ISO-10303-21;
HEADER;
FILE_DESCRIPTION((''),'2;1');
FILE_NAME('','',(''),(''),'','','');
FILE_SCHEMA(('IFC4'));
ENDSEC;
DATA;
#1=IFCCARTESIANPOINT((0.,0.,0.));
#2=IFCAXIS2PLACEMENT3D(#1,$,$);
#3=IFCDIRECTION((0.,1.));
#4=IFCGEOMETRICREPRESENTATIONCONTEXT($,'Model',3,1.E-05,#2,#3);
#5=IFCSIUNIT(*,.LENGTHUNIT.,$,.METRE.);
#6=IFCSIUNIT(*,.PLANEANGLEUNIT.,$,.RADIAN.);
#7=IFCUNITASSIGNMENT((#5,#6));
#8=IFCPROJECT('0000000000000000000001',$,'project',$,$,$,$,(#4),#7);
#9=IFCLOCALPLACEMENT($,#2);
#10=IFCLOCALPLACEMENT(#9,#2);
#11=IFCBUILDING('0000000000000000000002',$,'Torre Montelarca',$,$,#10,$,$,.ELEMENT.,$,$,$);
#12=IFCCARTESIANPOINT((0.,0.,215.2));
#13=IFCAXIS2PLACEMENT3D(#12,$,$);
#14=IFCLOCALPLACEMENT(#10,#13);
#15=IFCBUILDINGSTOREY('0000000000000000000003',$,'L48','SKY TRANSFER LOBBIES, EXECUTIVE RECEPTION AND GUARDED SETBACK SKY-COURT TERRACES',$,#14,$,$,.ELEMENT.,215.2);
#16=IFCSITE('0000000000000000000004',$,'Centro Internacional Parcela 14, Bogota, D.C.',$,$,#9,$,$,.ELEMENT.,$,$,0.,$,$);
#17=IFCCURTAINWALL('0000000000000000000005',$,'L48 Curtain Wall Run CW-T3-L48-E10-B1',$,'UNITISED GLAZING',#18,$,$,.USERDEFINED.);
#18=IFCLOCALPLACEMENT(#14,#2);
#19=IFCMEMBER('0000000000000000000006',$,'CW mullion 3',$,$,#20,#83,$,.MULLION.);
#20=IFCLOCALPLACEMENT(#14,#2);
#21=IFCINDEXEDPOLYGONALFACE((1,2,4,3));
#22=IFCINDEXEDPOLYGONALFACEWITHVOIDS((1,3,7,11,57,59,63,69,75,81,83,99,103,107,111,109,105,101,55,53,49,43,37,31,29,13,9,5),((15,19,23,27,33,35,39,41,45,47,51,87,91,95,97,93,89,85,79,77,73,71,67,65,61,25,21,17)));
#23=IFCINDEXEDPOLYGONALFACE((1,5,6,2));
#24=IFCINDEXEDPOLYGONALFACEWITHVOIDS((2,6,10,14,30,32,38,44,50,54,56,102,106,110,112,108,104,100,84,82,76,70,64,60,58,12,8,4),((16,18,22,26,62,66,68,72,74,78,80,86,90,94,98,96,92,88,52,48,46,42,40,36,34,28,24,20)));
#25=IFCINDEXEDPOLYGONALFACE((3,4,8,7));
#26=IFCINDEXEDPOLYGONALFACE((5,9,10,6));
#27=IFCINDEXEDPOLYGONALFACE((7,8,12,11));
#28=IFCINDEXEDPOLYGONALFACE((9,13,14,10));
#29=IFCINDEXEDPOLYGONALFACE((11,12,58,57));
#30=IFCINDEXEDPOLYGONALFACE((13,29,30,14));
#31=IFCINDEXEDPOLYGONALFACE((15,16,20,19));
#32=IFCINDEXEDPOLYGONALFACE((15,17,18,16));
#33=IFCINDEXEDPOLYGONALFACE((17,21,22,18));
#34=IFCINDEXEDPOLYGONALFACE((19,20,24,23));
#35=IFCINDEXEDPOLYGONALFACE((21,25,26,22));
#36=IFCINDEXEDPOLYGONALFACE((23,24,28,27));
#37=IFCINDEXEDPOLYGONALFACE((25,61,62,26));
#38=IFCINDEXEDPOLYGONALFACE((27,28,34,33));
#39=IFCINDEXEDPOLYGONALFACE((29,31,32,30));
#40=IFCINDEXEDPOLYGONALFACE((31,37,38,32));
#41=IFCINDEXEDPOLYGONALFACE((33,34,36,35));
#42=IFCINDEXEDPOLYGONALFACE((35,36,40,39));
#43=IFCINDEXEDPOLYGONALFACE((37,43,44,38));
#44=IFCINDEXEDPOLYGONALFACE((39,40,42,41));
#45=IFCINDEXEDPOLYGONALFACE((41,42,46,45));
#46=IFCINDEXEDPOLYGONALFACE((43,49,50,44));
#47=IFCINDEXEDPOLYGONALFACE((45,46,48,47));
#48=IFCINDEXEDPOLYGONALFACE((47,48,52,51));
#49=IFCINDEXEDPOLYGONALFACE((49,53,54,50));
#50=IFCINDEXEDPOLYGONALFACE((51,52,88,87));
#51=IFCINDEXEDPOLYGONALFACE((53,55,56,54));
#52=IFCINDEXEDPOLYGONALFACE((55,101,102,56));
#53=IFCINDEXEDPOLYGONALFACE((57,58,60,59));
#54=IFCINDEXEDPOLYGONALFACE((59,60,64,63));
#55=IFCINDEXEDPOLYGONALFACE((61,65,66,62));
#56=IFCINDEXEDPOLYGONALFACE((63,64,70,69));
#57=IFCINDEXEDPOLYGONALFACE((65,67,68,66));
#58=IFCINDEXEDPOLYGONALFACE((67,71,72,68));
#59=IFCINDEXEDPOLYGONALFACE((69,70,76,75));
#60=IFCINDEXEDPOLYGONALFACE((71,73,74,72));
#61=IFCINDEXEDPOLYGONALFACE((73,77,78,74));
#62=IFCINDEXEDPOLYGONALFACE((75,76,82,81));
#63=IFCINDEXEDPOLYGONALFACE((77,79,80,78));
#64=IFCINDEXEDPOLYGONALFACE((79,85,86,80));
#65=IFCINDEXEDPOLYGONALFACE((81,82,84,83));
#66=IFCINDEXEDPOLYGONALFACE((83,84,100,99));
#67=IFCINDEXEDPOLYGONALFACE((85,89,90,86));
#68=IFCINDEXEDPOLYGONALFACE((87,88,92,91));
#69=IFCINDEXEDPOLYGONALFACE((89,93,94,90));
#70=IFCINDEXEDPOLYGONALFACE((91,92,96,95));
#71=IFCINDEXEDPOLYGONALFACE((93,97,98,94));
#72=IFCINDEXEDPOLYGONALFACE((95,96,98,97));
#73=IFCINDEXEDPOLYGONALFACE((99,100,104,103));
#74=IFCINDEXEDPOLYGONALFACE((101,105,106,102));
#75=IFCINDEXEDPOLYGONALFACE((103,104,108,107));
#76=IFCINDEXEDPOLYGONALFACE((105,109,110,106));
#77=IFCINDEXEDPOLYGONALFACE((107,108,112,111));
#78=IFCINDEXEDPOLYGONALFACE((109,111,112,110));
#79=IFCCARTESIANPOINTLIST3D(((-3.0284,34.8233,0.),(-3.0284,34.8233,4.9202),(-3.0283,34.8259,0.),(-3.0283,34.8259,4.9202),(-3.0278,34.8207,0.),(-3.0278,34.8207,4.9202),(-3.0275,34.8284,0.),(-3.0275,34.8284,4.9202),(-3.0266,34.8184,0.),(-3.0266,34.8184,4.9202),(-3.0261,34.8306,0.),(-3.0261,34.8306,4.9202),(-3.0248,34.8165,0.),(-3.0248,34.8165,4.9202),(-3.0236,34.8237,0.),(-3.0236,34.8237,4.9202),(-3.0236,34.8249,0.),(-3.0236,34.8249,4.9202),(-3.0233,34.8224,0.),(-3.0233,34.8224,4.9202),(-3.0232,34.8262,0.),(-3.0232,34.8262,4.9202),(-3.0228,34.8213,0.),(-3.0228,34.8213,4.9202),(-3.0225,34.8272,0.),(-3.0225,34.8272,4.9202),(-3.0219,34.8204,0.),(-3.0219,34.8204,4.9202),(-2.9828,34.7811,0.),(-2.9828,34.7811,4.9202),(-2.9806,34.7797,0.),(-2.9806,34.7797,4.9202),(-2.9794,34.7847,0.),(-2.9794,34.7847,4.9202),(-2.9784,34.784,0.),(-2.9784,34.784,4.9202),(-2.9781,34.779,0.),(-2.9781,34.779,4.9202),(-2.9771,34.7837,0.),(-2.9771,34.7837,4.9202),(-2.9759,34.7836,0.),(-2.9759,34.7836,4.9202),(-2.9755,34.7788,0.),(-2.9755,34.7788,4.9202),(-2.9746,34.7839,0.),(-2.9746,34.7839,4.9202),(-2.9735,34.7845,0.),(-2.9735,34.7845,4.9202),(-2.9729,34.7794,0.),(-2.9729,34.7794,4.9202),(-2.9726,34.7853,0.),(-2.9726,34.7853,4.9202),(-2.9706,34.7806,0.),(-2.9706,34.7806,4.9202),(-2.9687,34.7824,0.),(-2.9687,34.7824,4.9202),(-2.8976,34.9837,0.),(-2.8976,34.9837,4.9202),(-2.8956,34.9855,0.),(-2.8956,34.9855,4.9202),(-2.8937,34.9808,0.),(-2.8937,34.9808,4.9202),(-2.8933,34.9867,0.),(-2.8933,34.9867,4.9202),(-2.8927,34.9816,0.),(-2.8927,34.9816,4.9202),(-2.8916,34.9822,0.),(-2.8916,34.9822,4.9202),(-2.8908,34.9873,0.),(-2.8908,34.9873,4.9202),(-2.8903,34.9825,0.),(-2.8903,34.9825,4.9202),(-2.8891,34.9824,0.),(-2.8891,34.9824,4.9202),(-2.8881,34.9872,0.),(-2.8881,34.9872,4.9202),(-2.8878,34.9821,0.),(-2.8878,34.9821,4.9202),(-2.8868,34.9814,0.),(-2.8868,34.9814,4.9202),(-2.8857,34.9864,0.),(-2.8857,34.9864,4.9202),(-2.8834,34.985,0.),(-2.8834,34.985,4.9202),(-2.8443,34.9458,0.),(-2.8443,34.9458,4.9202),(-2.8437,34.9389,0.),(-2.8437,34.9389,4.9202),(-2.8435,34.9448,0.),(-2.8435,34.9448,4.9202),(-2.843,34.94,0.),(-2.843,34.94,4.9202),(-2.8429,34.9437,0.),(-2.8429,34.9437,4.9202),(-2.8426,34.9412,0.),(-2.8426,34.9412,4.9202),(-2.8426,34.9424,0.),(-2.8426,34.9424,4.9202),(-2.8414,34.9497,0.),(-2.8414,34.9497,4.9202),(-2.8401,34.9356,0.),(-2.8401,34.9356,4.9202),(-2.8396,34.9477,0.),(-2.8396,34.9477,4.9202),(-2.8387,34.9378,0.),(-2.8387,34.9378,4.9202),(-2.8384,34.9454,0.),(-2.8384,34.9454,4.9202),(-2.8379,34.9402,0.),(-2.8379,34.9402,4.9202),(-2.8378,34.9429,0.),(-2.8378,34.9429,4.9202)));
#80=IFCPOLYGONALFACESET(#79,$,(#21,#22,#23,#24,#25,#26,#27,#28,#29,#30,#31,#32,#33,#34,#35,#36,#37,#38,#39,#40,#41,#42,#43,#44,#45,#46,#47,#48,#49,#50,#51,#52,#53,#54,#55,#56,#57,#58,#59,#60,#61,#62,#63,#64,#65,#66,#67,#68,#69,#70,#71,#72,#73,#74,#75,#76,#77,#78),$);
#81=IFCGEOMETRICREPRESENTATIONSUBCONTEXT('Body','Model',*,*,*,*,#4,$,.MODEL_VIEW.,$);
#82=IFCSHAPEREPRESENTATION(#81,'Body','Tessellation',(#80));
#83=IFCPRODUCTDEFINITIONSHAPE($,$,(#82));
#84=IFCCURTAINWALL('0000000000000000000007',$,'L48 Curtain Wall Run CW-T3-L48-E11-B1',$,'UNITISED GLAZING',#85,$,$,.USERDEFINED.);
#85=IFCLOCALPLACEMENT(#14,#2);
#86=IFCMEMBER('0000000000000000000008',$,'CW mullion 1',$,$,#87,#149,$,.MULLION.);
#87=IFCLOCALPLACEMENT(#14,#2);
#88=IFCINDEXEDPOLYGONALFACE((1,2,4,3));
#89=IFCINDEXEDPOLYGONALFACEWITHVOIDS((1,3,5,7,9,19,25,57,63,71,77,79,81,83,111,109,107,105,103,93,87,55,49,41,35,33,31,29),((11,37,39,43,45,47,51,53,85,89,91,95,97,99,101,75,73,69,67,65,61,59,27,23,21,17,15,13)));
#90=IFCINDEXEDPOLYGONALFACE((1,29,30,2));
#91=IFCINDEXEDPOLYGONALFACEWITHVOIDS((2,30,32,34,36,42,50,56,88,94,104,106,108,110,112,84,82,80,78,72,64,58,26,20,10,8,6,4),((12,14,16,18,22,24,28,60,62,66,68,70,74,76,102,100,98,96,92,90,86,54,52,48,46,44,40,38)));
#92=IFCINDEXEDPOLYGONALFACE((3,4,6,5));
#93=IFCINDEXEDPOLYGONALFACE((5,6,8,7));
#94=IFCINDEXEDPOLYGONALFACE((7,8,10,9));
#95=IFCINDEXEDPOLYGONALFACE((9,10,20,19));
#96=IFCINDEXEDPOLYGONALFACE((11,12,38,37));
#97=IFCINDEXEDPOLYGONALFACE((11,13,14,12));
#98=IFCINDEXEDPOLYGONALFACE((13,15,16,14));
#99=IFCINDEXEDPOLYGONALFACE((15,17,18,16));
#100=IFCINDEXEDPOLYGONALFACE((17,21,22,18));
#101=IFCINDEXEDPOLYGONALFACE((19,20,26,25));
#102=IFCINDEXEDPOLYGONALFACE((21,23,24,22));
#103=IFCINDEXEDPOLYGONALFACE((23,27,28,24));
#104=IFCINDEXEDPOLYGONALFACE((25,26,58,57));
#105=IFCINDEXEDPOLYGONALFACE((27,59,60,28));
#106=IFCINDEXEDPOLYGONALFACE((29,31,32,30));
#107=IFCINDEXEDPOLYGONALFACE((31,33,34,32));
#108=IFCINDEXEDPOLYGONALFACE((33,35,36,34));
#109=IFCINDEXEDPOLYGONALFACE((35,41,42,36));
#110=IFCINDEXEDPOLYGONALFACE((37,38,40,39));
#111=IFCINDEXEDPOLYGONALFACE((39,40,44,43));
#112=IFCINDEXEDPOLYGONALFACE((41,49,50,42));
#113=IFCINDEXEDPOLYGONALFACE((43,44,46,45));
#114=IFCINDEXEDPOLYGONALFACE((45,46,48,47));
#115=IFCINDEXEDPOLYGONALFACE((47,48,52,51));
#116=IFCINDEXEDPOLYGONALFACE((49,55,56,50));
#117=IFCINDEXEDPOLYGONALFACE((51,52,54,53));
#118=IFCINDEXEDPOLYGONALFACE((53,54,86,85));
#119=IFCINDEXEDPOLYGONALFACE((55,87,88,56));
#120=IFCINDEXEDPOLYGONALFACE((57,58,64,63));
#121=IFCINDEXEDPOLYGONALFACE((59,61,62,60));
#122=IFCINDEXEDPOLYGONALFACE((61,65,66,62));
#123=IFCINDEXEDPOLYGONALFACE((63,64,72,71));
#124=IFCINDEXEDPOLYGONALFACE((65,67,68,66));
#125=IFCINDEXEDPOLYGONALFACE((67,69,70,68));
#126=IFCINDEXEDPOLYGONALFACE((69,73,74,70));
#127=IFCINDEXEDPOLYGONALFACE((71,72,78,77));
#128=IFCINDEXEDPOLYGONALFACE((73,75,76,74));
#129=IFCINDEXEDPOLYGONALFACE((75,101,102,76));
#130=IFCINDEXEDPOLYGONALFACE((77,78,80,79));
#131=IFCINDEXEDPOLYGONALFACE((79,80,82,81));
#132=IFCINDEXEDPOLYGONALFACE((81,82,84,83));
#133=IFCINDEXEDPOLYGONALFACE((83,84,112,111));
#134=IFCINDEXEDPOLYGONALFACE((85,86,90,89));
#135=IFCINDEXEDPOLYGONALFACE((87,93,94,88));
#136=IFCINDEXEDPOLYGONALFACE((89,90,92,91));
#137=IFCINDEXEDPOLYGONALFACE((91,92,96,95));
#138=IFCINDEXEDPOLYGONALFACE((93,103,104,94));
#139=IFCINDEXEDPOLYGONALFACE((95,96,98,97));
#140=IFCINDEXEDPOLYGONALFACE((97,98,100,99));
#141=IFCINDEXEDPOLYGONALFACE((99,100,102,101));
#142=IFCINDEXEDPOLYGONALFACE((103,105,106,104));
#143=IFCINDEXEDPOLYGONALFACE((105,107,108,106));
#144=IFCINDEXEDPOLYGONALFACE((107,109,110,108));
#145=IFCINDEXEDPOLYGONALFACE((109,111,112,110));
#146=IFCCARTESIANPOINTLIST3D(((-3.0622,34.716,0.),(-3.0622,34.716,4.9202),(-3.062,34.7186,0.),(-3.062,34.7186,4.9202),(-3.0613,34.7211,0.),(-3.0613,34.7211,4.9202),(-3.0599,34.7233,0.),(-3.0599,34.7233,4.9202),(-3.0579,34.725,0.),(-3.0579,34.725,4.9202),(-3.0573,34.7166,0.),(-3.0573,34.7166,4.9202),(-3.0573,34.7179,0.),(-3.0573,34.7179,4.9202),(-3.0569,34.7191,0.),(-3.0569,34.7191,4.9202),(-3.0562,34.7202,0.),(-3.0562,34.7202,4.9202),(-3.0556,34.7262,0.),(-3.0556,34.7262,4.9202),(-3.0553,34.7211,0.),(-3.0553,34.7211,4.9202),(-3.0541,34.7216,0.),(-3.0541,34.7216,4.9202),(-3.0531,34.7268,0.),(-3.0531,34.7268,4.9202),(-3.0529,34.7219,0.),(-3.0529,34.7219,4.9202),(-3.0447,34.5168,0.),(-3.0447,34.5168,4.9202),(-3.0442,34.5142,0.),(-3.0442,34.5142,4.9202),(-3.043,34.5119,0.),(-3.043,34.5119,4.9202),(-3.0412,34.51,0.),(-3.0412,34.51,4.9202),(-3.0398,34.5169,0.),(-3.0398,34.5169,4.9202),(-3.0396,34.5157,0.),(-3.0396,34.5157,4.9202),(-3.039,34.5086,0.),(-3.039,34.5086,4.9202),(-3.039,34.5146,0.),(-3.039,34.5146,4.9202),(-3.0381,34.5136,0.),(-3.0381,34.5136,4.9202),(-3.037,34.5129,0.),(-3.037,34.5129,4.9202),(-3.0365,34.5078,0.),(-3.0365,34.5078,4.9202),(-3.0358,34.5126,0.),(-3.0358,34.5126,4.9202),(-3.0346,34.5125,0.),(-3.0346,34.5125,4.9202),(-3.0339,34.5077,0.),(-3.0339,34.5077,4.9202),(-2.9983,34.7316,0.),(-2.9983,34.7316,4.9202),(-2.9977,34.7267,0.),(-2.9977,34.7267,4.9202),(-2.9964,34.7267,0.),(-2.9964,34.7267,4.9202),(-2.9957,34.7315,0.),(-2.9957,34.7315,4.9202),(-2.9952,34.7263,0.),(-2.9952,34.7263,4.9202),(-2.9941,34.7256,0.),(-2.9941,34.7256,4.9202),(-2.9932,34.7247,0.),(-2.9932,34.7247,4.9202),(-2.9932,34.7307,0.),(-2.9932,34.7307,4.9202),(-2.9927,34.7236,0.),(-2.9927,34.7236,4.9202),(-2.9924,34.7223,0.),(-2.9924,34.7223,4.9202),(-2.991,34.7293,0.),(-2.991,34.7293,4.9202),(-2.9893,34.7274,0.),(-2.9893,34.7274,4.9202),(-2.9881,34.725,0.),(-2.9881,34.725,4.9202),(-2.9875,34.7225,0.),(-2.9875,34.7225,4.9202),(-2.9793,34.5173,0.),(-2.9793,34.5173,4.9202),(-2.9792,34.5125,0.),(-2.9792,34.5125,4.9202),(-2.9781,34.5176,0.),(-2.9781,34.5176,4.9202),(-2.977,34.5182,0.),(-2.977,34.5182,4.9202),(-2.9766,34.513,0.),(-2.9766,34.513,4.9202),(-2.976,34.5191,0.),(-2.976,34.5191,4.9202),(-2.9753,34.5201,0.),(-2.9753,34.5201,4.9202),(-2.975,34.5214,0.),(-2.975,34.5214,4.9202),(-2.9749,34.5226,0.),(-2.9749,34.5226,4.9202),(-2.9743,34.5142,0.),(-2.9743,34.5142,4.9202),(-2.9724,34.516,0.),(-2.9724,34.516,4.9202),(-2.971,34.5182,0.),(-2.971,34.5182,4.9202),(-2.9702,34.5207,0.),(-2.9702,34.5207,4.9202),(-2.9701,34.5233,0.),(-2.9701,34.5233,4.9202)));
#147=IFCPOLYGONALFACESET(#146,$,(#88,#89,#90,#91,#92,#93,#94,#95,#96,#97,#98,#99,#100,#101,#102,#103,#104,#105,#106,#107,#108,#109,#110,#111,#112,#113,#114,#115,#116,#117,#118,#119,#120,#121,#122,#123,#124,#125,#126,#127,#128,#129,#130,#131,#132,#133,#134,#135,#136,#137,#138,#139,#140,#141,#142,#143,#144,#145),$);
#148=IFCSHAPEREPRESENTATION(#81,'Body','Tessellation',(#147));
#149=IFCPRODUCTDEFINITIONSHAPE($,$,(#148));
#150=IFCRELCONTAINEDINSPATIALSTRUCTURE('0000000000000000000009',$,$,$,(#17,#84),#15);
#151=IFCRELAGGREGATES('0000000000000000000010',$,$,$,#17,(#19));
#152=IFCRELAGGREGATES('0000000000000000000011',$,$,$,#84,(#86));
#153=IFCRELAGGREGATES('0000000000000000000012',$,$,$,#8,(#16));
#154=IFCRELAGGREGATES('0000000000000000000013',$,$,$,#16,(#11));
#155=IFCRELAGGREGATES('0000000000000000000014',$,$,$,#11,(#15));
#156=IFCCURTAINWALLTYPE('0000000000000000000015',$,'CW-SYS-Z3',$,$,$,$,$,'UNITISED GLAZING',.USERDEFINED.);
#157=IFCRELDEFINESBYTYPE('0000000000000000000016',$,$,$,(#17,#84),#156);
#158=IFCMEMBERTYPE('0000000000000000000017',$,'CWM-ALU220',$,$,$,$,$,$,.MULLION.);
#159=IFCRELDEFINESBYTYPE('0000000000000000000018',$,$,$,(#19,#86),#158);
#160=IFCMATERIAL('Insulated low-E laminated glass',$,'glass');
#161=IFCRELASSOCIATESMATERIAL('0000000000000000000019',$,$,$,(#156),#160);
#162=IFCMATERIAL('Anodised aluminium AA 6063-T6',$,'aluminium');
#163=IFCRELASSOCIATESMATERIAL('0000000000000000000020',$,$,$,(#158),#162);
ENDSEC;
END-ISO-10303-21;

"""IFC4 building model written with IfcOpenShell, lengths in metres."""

from ifc_helpers import new_model, si_unit, direction, frame, origin, origin_2d, place, context, subcontext, project, spatial, hollow_rectangle, extrude, source, transform, mapped, material, material_profile, profile_set, type_object, element, aggregate, save


model = new_model("IFC4")

# Units and contexts
model_context = context("Model", 3, precision=1e-05, world=origin(), true_north=direction((0.0, 1.0)))
body_context = subcontext(model_context, "Body", "Model", "MODEL_VIEW")
ifc_project = project(units=[si_unit("LENGTHUNIT", "METRE"), si_unit("PLANEANGLEUNIT", "RADIAN")], contexts=[model_context])

# Site, building, storey
site_placement = place(None, origin())
site = spatial("IfcSite", under=ifc_project, at=site_placement, Name="Centro Internacional Parcela 14, Bogota, D.C.", CompositionType="ELEMENT", RefElevation=0.0)
building_placement = place(site_placement, origin())
building = spatial("IfcBuilding", under=site, at=building_placement, Name="Torre Montelarca", CompositionType="ELEMENT")
storey_placement = place(building_placement, frame((0.0, 0.0, 215.2)))
storey = spatial("IfcBuildingStorey", under=building, at=storey_placement, Name="L48", Description="SKY TRANSFER LOBBIES, EXECUTIVE RECEPTION AND GUARDED SETBACK SKY-COURT TERRACES", CompositionType="ELEMENT", Elevation=215.2)

# Curtain wall, member
ifc_material_1 = material(Name="Insulated low-E laminated glass", Category="glass")
curtain_wall_type = type_object("IfcCurtainWallType", Name="CW-SYS-Z3", ElementType="UNITISED GLAZING", PredefinedType="USERDEFINED", material=ifc_material_1)
curtain_wall_1_placement = place(storey_placement, origin())
curtain_wall_1 = element("IfcCurtainWall", 1, at=curtain_wall_1_placement, inside=storey, type_object=curtain_wall_type, Name="L48 Curtain Wall Run CW-T3-L48-E10-B1", ObjectType="UNITISED GLAZING", PredefinedType="USERDEFINED")
ifc_material_2 = material(Name="Anodised aluminium AA 6063-T6", Category="aluminium")
ifc_material_profile_1 = material_profile(ifc_material_2, hollow_rectangle(XDim=0.075, YDim=0.22, WallThickness=0.0049, InnerFilletRadius=0.0049, OuterFilletRadius=0.01, at=origin_2d()), Name="ALU75X220X5", Category="aluminium")
ifc_profile_set_1 = profile_set([ifc_material_profile_1], Name="Anodised aluminium AA 6063-T6")
member_type_1 = type_object("IfcMemberType", Name="CWM-ALU220", PredefinedType="MULLION", material=ifc_profile_set_1)
shared_shape_1 = source(origin(), body_context, "Body", "SweptSolid", [
    extrude(hollow_rectangle(XDim=0.075, YDim=0.22, WallThickness=0.0049, InnerFilletRadius=0.0049, OuterFilletRadius=0.01, at=origin_2d()), origin(), (0.0, 0.0, 1.0), 4.9202),
])
member_1_placement = place(storey_placement, frame((-2.9331, 34.8831, 0.0), z_axis=(0.0, 0.0, 1.0), x_axis=(0.766044, -0.642788, 0.0)))
member_1 = element("IfcMember", 2, at=member_1_placement, type_object=member_type_1, Name="CW mullion 3", PredefinedType="MULLION", context=body_context, shape_type="MappedRepresentation", body=[
    mapped(shared_shape_1, transform((0.0, 0.0, 0.0), scale=1.0)),
])
aggregate(curtain_wall_1, [member_1])

# Curtain wall, member
curtain_wall_2_placement = place(storey_placement, origin())
curtain_wall_2 = element("IfcCurtainWall", 3, at=curtain_wall_2_placement, inside=storey, type_object=curtain_wall_type, Name="L48 Curtain Wall Run CW-T3-L48-E11-B1", ObjectType="UNITISED GLAZING", PredefinedType="USERDEFINED")
member_2_placement = place(storey_placement, frame((-3.0161, 34.6196, 0.0), z_axis=(0.0, 0.0, 1.0), x_axis=(0.996194, 0.087166, 0.0)))
member_2 = element("IfcMember", 4, at=member_2_placement, type_object=member_type_1, Name="CW mullion 1", PredefinedType="MULLION", context=body_context, shape_type="MappedRepresentation", body=[
    mapped(shared_shape_1, transform((0.0, 0.0, 0.0), scale=1.0)),
])
aggregate(curtain_wall_2, [member_2])

save(model, "model.ifc")
